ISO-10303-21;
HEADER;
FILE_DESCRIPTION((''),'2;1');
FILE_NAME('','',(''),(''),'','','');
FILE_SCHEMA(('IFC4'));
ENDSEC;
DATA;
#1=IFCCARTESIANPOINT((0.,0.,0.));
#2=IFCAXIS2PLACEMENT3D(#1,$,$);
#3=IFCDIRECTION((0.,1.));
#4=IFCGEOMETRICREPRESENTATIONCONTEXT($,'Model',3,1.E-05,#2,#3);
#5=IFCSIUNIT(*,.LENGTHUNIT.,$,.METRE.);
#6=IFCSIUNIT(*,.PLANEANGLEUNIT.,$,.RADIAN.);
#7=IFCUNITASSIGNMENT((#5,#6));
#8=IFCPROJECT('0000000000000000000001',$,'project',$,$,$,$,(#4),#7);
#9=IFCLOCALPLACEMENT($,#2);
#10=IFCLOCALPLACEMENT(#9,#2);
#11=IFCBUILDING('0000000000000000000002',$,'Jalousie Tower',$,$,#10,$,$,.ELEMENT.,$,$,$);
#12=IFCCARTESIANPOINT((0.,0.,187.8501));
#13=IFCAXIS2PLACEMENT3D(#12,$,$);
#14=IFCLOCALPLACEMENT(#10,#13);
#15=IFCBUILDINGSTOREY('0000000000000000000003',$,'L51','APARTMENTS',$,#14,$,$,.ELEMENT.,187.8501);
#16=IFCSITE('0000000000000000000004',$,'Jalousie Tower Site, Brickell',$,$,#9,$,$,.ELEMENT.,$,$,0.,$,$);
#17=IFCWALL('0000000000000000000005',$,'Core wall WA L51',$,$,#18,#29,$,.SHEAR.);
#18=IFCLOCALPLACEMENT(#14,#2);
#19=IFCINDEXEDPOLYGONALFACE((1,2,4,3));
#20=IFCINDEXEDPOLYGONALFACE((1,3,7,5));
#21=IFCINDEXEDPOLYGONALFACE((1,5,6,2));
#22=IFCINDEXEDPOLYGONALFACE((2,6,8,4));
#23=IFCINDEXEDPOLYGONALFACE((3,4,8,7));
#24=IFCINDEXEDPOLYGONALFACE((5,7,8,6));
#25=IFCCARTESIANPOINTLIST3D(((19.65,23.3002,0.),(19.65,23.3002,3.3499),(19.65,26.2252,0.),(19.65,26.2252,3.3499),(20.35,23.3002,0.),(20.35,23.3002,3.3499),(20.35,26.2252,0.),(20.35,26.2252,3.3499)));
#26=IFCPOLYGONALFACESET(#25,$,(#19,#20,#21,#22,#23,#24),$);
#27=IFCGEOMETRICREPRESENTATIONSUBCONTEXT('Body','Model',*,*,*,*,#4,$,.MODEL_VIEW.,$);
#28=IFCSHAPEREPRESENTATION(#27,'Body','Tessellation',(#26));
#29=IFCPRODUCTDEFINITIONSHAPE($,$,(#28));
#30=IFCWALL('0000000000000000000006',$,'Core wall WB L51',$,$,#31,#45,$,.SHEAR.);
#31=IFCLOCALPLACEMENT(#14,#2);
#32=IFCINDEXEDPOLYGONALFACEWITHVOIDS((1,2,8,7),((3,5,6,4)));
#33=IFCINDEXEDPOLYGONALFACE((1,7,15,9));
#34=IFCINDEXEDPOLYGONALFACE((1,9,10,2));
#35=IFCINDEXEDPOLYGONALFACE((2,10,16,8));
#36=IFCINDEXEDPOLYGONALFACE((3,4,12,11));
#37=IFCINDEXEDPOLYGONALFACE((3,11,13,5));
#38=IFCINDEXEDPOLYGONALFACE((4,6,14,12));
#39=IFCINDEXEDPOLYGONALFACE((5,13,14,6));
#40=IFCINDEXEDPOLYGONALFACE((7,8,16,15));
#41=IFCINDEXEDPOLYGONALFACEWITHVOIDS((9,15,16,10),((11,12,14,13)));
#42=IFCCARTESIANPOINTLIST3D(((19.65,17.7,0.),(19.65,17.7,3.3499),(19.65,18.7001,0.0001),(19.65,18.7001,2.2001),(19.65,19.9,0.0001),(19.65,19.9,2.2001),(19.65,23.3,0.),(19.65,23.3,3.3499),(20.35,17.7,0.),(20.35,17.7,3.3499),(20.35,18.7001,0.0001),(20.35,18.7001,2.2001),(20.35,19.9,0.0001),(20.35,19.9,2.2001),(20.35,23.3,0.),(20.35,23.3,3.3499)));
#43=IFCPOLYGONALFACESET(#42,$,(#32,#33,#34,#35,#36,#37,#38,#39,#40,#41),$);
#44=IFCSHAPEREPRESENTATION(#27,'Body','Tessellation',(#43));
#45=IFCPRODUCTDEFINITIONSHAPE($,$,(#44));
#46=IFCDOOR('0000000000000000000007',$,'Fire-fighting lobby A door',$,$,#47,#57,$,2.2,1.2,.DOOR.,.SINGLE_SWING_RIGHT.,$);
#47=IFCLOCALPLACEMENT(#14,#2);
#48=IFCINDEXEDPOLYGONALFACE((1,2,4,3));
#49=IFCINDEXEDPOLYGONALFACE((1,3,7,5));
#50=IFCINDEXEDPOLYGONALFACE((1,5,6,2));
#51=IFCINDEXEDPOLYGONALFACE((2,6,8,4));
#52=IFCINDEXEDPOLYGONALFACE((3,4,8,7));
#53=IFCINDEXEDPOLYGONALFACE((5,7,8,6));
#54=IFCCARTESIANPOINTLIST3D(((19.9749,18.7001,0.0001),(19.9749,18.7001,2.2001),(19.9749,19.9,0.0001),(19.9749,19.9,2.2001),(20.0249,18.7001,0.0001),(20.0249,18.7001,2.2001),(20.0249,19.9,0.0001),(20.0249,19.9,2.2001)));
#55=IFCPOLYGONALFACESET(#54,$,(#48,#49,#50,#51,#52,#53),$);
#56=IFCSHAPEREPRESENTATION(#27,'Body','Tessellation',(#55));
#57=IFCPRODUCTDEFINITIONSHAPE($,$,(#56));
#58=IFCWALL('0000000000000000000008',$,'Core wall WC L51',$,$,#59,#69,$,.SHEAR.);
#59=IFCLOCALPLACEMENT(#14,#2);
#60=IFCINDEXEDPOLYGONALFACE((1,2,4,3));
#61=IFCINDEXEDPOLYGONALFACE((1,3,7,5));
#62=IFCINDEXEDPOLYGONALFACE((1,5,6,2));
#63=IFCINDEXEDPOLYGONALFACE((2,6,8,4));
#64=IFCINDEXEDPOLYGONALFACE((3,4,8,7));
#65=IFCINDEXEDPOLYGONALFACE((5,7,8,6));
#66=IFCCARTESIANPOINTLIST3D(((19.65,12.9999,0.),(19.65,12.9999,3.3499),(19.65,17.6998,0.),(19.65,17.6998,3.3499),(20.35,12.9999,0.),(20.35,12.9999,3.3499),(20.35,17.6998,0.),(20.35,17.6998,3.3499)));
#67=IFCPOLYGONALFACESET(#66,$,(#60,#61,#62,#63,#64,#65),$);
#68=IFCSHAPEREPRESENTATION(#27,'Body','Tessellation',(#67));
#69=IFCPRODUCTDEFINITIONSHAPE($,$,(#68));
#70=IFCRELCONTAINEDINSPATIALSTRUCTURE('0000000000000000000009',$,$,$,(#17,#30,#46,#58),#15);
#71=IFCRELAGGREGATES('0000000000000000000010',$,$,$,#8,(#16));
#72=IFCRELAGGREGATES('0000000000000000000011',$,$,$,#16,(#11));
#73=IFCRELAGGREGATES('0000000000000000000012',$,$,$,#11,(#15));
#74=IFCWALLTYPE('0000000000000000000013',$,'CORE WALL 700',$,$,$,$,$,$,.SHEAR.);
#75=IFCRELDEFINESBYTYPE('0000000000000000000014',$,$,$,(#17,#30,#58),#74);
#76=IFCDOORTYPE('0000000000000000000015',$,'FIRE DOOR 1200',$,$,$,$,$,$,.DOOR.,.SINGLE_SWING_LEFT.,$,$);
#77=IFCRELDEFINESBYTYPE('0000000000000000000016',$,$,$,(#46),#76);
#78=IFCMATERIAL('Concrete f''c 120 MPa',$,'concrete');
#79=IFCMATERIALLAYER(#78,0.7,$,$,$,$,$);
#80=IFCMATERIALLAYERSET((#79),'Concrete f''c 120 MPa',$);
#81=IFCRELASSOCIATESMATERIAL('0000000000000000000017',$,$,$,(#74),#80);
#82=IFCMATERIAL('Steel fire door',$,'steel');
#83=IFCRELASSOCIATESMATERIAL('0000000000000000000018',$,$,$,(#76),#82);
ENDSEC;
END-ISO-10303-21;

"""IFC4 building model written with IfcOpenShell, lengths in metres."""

from ifc_helpers import new_model, si_unit, direction, frame, frame_2d, origin, place, context, subcontext, project, spatial, rectangle, extrude, material, layer, layer_set, type_object, element, fill, save


model = new_model("IFC4")

# Units and contexts
model_context = context("Model", 3, precision=1e-05, world=origin(), true_north=direction((0.0, 1.0)))
body_context = subcontext(model_context, "Body", "Model", "MODEL_VIEW")
ifc_project = project(units=[si_unit("LENGTHUNIT", "METRE"), si_unit("PLANEANGLEUNIT", "RADIAN")], contexts=[model_context])

# Site, building, storey
site_placement = place(None, origin())
site = spatial("IfcSite", under=ifc_project, at=site_placement, Name="Jalousie Tower Site, Brickell", CompositionType="ELEMENT", RefElevation=0.0)
building_placement = place(site_placement, origin())
building = spatial("IfcBuilding", under=site, at=building_placement, Name="Jalousie Tower", CompositionType="ELEMENT")
storey_placement = place(building_placement, frame((0.0, 0.0, 187.8501)))
storey = spatial("IfcBuildingStorey", under=building, at=storey_placement, Name="L51", Description="APARTMENTS", CompositionType="ELEMENT", Elevation=187.8501)

# Wall
ifc_material_1 = material(Name="Concrete f'c 120 MPa", Category="concrete")
ifc_layer_1 = layer(ifc_material_1, 0.7)
ifc_layer_set_1 = layer_set([ifc_layer_1], Name="Concrete f'c 120 MPa")
wall_type_1 = type_object("IfcWallType", Name="CORE WALL 700", PredefinedType="SHEAR", material=ifc_layer_set_1)
wall_1_placement = place(storey_placement, frame((20.0, 26.2251, 0.0), z_axis=(0.0, 0.0, 1.0), x_axis=(0.0, -1.0, 0.0)))
element("IfcWall", 1, at=wall_1_placement, inside=storey, type_object=wall_type_1, Name="Core wall WA L51", PredefinedType="SHEAR", context=body_context, shape_type="SweptSolid", body=[
    extrude(rectangle(XDim=2.925, YDim=0.7, at=frame_2d((1.4624, 0.0))), origin(), (0.0, 0.0, 1.0), 3.3499),
])

# Wall, opening, door
wall_2_placement = place(storey_placement, frame((20.0, 23.3, 0.0), z_axis=(0.0, 0.0, 1.0), x_axis=(0.0, -1.0, 0.0)))
wall_2 = element("IfcWall", 2, at=wall_2_placement, inside=storey, type_object=wall_type_1, Name="Core wall WB L51", PredefinedType="SHEAR", context=body_context, shape_type="SweptSolid", body=[
    extrude(rectangle(XDim=5.6001, YDim=0.7, at=frame_2d((2.8, 0.0))), origin(), (0.0, 0.0, 1.0), 3.3499),
])
opening_1_placement = place(wall_2_placement, frame((3.3999, 0.0, 0.0)))
opening_1 = element("IfcOpeningElement", 3, at=opening_1_placement, cuts=wall_2, PredefinedType="OPENING", context=body_context, shape_type="SweptSolid", body=[
    extrude(rectangle(XDim=1.2, YDim=2.2, at=frame_2d((0.6001, 1.1001))), frame((0.0, 0.3599, 0.0), z_axis=(0.0, -1.0, 0.0), x_axis=(1.0, 0.0, 0.0)), (0.0, 0.0, 1.0), 0.72),
])
ifc_material_2 = material(Name="Steel fire door", Category="steel")
door_type_1 = type_object("IfcDoorType", Name="FIRE DOOR 1200", OperationType="SINGLE_SWING_LEFT", PredefinedType="DOOR", material=ifc_material_2)
door_1_placement = place(opening_1_placement, origin())
door_1 = element("IfcDoor", 4, at=door_1_placement, inside=storey, type_object=door_type_1, Name="Fire-fighting lobby A door", OperationType="SINGLE_SWING_RIGHT", OverallHeight=2.2, OverallWidth=1.2, PredefinedType="DOOR", context=body_context, shape_type="SweptSolid", body=[
    extrude(rectangle(XDim=1.2, YDim=2.2, at=frame_2d((0.6001, 1.1001))), frame((0.0, 0.0249, 0.0), z_axis=(0.0, -1.0, 0.0), x_axis=(1.0, 0.0, 0.0)), (0.0, 0.0, 1.0), 0.05),
])
fill(opening_1, door_1)

# Wall
wall_3_placement = place(storey_placement, frame((20.0, 17.7, 0.0), z_axis=(0.0, 0.0, 1.0), x_axis=(0.0, -1.0, 0.0)))
element("IfcWall", 5, at=wall_3_placement, inside=storey, type_object=wall_type_1, Name="Core wall WC L51", PredefinedType="SHEAR", context=body_context, shape_type="SweptSolid", body=[
    extrude(rectangle(XDim=4.7, YDim=0.7, at=frame_2d((2.3501, 0.0))), origin(), (0.0, 0.0, 1.0), 3.3499),
])

save(model, "model.ifc")
